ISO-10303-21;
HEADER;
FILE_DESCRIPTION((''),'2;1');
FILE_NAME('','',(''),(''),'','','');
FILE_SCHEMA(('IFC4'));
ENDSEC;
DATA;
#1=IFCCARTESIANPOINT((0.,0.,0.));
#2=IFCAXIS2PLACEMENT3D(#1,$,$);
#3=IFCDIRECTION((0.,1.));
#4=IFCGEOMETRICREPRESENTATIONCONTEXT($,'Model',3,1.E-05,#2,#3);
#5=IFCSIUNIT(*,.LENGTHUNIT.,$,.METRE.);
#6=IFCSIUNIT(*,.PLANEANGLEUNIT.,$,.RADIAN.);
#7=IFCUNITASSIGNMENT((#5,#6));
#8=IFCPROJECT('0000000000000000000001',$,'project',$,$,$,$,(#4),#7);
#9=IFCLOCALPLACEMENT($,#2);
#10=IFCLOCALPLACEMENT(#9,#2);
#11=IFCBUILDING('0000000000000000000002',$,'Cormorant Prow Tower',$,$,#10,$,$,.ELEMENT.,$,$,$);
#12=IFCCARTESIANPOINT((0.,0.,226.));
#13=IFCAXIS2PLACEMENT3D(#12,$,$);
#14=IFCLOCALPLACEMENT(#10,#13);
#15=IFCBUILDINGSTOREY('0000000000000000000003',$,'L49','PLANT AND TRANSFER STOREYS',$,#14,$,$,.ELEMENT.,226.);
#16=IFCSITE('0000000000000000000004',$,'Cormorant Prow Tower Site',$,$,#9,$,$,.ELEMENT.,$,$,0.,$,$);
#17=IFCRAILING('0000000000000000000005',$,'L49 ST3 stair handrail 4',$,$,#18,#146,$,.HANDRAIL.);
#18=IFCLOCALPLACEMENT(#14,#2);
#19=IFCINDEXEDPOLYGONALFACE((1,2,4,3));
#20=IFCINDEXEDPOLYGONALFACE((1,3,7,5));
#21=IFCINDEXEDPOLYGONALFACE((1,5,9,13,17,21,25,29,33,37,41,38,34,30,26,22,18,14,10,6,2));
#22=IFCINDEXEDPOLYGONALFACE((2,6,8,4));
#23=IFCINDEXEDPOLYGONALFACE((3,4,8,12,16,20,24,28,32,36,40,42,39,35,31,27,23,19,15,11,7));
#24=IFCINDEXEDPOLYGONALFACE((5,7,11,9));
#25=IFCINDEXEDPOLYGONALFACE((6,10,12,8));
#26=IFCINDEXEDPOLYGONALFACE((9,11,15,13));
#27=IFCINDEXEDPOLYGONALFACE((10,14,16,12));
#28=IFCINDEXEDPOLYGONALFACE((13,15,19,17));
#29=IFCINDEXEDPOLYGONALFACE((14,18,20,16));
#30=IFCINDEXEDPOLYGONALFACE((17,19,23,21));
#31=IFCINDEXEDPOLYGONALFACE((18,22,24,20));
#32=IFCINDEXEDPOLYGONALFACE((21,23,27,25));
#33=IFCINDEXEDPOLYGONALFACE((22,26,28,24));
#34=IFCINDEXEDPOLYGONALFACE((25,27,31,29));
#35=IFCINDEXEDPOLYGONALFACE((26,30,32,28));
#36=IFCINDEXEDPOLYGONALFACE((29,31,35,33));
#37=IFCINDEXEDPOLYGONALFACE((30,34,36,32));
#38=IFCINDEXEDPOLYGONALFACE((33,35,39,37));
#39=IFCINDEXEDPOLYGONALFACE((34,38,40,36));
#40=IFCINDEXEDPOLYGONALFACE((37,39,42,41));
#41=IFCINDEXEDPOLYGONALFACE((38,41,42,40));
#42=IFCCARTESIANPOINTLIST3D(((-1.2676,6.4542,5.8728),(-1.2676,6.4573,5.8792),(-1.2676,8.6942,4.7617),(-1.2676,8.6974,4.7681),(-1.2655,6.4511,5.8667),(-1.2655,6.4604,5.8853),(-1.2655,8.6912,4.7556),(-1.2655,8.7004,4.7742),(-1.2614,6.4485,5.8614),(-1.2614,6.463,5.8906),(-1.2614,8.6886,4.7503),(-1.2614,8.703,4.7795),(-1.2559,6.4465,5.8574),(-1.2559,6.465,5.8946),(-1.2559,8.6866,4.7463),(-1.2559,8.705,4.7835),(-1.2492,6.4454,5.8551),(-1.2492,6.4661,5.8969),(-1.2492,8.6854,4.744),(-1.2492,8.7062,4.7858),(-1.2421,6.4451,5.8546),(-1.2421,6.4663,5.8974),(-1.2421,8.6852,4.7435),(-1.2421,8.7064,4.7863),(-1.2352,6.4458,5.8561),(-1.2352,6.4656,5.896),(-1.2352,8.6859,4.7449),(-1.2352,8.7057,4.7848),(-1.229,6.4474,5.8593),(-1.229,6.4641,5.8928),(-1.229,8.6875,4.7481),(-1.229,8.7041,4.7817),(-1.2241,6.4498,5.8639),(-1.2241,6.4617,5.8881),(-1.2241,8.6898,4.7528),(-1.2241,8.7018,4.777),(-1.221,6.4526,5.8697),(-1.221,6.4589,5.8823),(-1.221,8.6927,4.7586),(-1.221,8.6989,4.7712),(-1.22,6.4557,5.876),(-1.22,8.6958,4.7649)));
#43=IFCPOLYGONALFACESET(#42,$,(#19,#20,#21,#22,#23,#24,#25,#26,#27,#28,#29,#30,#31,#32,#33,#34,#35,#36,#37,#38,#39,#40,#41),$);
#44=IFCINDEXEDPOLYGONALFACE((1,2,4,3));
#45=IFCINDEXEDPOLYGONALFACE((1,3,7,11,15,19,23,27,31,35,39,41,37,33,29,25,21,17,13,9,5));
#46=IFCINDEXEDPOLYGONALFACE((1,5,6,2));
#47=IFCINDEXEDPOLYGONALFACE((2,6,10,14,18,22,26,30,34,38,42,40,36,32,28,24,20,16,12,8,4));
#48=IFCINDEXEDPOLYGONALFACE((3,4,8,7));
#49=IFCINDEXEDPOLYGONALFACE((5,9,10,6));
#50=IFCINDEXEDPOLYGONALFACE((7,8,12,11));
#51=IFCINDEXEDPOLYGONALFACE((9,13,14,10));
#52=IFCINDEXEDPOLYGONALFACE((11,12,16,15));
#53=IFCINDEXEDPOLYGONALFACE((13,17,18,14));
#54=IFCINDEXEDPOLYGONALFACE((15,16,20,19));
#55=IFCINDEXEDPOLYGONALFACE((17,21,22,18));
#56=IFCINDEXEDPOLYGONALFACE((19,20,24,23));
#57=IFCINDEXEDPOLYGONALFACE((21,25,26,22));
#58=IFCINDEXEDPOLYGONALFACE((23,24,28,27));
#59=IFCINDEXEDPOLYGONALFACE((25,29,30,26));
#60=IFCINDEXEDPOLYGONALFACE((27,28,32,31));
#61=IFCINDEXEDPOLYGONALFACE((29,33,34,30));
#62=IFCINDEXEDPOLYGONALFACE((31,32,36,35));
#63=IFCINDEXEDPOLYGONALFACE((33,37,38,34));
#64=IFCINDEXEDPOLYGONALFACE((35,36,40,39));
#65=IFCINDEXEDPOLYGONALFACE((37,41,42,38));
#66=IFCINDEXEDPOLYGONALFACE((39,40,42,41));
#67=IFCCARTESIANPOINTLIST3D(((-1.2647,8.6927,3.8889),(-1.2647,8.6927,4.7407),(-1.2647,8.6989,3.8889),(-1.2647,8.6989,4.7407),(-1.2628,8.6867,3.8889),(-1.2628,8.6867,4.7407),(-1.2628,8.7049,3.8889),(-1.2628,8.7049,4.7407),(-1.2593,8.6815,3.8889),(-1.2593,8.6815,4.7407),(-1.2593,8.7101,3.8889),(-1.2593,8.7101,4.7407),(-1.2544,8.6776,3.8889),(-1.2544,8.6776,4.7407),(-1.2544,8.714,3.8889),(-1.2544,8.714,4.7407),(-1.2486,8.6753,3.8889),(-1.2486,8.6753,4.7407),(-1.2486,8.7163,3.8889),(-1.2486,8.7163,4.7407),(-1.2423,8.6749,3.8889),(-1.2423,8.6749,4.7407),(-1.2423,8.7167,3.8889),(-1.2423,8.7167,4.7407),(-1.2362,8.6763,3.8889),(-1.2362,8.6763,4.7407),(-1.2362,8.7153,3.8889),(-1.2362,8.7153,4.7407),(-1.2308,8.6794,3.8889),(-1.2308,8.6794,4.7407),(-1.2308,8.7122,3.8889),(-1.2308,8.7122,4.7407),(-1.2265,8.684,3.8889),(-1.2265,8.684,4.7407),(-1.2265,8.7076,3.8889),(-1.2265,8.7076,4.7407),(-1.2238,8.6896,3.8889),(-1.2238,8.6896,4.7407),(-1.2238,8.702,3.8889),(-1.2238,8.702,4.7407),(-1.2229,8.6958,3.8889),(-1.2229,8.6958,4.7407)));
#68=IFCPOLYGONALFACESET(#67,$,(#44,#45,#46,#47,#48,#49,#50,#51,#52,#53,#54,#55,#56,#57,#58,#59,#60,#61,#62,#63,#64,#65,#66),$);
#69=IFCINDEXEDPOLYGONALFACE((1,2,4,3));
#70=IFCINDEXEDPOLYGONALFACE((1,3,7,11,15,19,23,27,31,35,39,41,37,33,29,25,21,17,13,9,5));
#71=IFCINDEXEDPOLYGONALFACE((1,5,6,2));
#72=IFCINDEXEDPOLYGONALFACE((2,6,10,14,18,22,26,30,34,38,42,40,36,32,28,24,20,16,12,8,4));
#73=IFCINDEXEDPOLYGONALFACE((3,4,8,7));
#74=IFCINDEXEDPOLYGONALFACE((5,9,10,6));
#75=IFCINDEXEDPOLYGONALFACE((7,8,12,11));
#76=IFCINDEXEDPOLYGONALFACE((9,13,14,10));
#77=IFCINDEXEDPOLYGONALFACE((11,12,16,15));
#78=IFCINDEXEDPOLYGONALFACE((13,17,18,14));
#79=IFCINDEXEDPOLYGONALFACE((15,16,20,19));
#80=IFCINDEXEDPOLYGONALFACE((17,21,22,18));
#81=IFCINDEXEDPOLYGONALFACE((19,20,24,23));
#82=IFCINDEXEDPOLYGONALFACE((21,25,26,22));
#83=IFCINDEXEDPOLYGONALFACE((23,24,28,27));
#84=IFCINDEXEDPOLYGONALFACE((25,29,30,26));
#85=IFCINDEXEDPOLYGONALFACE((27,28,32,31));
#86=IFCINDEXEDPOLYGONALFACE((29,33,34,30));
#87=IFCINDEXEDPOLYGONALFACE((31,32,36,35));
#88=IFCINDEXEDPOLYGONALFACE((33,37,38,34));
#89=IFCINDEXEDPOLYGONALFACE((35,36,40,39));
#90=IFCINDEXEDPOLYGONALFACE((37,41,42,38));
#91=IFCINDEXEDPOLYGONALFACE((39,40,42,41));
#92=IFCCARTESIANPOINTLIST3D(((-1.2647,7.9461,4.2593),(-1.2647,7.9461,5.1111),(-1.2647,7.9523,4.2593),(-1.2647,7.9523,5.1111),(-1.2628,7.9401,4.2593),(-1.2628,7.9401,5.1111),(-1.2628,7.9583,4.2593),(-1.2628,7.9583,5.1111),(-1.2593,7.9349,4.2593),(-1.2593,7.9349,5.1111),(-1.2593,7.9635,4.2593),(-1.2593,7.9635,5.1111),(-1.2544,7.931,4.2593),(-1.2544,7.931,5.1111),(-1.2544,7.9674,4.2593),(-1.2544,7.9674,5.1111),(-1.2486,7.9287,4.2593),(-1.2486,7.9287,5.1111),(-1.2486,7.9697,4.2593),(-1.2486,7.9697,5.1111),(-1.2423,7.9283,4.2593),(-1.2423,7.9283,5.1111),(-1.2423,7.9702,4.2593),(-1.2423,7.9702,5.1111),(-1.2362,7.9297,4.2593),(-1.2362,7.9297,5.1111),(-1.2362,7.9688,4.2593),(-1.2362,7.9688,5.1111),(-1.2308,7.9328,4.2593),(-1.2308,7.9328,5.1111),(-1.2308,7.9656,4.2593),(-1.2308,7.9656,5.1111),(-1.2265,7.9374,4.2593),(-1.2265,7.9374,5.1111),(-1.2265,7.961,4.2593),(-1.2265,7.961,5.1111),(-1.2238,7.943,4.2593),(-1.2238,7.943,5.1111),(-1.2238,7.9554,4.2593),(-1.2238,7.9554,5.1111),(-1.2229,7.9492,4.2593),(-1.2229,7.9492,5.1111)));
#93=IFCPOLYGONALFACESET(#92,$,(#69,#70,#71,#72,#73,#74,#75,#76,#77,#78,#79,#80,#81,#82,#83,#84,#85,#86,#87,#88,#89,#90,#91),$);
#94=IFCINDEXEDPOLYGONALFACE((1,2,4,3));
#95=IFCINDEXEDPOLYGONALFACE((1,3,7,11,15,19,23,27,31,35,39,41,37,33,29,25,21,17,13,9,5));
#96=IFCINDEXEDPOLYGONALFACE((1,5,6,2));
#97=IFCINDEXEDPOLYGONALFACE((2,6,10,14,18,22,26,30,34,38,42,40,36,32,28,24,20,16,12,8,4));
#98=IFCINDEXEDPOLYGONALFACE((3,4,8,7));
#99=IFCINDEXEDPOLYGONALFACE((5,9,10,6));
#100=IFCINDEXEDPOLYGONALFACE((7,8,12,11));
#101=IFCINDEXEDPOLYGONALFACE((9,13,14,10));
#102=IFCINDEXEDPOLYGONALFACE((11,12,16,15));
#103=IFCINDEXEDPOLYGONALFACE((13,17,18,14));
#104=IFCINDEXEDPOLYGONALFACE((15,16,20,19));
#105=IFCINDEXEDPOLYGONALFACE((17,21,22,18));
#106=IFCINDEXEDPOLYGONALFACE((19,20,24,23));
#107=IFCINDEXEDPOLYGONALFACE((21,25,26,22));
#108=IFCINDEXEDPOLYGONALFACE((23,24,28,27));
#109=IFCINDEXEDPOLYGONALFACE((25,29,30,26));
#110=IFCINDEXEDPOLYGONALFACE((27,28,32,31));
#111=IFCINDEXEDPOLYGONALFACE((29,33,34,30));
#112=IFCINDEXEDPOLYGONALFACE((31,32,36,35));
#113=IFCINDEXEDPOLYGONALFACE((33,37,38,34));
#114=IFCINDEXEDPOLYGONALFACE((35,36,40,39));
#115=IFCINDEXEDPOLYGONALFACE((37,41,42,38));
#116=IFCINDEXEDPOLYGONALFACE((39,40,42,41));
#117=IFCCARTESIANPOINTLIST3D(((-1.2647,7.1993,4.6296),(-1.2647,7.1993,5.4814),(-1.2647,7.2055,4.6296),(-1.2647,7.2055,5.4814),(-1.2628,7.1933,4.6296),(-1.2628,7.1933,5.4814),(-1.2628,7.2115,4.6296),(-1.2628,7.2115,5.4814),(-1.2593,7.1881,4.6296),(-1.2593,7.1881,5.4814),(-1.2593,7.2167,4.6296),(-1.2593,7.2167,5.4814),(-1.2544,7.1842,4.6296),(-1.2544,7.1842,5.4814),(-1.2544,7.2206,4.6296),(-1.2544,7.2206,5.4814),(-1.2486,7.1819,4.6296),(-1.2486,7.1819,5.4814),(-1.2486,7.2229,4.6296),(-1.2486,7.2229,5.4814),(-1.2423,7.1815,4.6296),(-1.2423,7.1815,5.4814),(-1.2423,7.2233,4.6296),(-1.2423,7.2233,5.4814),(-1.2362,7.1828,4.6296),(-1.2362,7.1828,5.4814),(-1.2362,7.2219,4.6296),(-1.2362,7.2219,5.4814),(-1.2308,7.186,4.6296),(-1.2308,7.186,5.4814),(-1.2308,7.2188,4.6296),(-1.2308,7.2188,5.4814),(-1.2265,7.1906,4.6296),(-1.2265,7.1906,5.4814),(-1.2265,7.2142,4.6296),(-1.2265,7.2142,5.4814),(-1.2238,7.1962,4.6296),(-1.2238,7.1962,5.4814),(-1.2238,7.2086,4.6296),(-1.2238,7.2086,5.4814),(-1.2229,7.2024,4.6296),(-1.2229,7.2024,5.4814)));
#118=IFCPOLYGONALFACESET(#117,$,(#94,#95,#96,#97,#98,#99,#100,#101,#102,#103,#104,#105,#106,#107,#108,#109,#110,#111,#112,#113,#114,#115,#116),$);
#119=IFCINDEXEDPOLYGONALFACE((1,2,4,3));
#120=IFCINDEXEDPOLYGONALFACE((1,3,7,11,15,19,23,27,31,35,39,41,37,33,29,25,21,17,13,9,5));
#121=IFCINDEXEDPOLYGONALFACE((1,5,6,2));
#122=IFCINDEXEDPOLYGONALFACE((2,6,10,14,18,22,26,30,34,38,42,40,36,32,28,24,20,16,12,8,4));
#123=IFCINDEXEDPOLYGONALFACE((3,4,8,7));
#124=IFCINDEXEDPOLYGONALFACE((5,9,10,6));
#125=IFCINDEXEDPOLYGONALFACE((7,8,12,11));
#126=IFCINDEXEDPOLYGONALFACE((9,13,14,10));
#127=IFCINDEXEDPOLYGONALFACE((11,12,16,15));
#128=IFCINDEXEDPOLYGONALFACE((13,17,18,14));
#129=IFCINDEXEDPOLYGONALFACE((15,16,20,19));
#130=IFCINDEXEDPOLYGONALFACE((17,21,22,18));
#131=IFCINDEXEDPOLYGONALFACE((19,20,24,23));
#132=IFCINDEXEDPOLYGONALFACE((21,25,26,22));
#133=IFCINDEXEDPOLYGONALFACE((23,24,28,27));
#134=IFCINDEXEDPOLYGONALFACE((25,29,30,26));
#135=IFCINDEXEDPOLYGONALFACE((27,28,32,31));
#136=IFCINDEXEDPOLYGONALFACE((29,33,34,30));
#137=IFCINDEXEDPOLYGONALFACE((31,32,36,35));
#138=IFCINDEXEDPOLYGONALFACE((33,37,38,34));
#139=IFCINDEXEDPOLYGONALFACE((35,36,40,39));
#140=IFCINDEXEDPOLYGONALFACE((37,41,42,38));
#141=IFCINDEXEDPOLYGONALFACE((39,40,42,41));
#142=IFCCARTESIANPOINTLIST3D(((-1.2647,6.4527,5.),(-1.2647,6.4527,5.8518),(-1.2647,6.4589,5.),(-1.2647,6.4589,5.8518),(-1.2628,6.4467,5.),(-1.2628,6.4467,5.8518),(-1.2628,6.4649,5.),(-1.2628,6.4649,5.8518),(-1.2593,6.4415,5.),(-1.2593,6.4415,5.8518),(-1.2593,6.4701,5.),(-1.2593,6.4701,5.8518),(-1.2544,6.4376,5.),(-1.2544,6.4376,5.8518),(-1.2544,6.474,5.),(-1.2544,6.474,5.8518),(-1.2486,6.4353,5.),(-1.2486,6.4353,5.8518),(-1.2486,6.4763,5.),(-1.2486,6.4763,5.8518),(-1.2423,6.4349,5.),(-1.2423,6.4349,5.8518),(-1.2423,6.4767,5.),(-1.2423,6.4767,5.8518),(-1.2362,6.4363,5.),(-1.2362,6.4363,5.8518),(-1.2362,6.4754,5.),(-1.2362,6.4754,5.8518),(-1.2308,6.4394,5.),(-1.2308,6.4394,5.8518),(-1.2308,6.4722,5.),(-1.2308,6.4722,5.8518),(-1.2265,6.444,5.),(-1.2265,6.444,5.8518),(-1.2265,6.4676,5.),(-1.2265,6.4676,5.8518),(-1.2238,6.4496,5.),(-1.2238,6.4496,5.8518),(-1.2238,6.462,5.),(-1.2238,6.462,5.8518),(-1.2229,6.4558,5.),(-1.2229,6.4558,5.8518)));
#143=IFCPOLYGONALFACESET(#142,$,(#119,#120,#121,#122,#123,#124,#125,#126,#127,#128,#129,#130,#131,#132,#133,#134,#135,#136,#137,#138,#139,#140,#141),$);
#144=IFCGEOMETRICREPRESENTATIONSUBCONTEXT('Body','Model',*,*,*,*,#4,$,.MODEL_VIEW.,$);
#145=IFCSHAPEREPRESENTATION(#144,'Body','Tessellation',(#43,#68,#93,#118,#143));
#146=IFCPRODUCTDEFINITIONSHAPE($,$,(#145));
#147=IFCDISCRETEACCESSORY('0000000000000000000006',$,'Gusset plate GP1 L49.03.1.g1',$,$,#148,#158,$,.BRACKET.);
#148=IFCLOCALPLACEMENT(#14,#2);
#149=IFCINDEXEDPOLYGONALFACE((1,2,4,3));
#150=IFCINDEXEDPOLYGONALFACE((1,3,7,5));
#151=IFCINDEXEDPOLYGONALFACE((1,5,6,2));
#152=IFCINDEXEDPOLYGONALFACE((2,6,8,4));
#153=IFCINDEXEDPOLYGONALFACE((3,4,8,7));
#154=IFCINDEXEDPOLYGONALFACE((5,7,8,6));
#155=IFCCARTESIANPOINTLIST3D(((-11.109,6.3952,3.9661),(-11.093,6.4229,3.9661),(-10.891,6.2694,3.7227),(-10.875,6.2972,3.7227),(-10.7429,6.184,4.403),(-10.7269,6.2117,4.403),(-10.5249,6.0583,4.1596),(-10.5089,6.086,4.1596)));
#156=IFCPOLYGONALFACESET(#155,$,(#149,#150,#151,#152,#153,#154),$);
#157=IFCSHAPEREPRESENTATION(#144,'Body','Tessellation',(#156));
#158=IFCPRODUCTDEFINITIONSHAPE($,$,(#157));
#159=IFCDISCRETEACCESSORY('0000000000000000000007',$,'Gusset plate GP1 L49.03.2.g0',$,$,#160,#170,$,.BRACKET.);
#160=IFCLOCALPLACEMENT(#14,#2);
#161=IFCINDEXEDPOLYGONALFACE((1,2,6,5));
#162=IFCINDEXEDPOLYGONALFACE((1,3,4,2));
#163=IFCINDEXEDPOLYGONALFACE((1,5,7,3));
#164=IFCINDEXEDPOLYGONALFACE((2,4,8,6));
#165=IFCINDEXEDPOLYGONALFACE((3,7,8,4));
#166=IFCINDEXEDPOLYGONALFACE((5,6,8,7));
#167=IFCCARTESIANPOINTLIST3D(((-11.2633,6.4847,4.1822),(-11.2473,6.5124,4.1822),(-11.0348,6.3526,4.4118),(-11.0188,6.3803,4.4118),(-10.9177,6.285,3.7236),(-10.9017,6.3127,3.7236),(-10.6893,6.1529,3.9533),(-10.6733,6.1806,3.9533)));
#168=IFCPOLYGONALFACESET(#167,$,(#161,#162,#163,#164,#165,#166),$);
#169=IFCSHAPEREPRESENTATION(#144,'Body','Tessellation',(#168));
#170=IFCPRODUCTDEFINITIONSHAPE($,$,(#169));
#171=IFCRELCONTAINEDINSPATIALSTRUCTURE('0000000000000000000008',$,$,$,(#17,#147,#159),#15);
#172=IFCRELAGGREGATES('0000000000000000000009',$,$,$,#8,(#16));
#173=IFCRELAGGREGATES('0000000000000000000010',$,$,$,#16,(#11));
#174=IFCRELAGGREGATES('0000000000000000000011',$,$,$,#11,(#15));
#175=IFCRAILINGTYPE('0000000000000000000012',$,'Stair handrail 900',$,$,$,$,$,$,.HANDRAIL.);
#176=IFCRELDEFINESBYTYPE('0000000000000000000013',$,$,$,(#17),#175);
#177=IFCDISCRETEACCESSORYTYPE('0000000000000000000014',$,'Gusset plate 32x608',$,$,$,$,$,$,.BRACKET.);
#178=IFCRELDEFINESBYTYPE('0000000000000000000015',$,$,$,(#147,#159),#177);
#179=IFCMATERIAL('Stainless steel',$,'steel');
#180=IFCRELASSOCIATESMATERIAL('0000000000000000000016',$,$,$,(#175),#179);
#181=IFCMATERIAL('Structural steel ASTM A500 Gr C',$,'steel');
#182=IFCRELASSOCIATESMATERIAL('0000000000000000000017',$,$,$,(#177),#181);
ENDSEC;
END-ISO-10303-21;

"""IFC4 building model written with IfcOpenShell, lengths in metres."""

from ifc_helpers import new_model, si_unit, direction, frame, origin, origin_2d, place, context, subcontext, project, spatial, rectangle, circle, extrude, material, material_profile, profile_set, type_object, element, save


model = new_model("IFC4")

# Units and contexts
model_context = context("Model", 3, precision=1e-05, world=origin(), true_north=direction((0.0, 1.0)))
body_context = subcontext(model_context, "Body", "Model", "MODEL_VIEW")
ifc_project = project(units=[si_unit("LENGTHUNIT", "METRE"), si_unit("PLANEANGLEUNIT", "RADIAN")], contexts=[model_context])

# Site, building, storey
site_placement = place(None, origin())
site = spatial("IfcSite", under=ifc_project, at=site_placement, Name="Cormorant Prow Tower Site", CompositionType="ELEMENT", RefElevation=0.0)
building_placement = place(site_placement, origin())
building = spatial("IfcBuilding", under=site, at=building_placement, Name="Cormorant Prow Tower", CompositionType="ELEMENT")
storey_placement = place(building_placement, frame((0.0, 0.0, 226.0)))
storey = spatial("IfcBuildingStorey", under=building, at=storey_placement, Name="L49", Description="PLANT AND TRANSFER STOREYS", CompositionType="ELEMENT", Elevation=226.0)

# Railing
ifc_material_1 = material(Name="Stainless steel", Category="steel")
railing_type = type_object("IfcRailingType", Name="Stair handrail 900", PredefinedType="HANDRAIL", material=ifc_material_1)
for number, where, name in (
    (1, (-1.2439, 8.6958, 3.8889), "L49 ST3 stair handrail 4"),
):
    element("IfcRailing", number, at=place(storey_placement, frame(where)), inside=storey, type_object=railing_type, Name=name, PredefinedType="HANDRAIL", context=body_context, shape_type="SweptSolid", body=[
        extrude(circle(Radius=0.0239, at=origin_2d()), frame((0.0, 0.0, 0.876), z_axis=(0.0, -0.895848, 0.44436), x_axis=(1.0, 0.0, 0.0)), (0.0, 0.0, 1.0), 2.5005),
        extrude(circle(Radius=0.021, at=origin_2d()), origin(), (0.0, 0.0, 1.0), 0.8518),
        extrude(circle(Radius=0.021, at=origin_2d()), frame((0.0, -0.7466, 0.3704)), (0.0, 0.0, 1.0), 0.8518),
        extrude(circle(Radius=0.021, at=origin_2d()), frame((0.0, -1.4934, 0.7407)), (0.0, 0.0, 1.0), 0.8518),
        extrude(circle(Radius=0.021, at=origin_2d()), frame((0.0, -2.24, 1.1111)), (0.0, 0.0, 1.0), 0.8518),
    ])

# Discrete accessories
ifc_material_2 = material(Name="Structural steel ASTM A500 Gr C", Category="steel")
ifc_material_profile_1 = material_profile(ifc_material_2, rectangle(XDim=0.032, YDim=0.6079, at=origin_2d()), Name="Gusset plate 32x608")
ifc_profile_set_1 = profile_set([ifc_material_profile_1], Name="Structural steel ASTM A500 Gr C")
discrete_accessory_type = type_object("IfcDiscreteAccessoryType", Name="Gusset plate 32x608", PredefinedType="BRACKET", material=ifc_profile_set_1)
discrete_accessory_1_placement = place(storey_placement, frame((-10.7, 6.1777, 3.9412), z_axis=(-0.622684, 0.359107, 0.695203), x_axis=(-0.499582, -0.866266, 0.0)))
element("IfcDiscreteAccessory", 2, at=discrete_accessory_1_placement, inside=storey, type_object=discrete_accessory_type, Name="Gusset plate GP1 L49.03.1.g1", PredefinedType="BRACKET", context=body_context, shape_type="SweptSolid", body=[
    extrude(rectangle(XDim=0.032, YDim=0.6079, at=origin_2d()), origin(), (0.0, 0.0, 1.0), 0.3501),
])
discrete_accessory_2_placement = place(storey_placement, frame((-11.0825, 6.3987, 3.9529), z_axis=(0.653053, -0.377459, 0.656541), x_axis=(0.500416, 0.865785, 0.0)))
element("IfcDiscreteAccessory", 3, at=discrete_accessory_2_placement, inside=storey, type_object=discrete_accessory_type, Name="Gusset plate GP1 L49.03.2.g0", PredefinedType="BRACKET", context=body_context, shape_type="SweptSolid", body=[
    extrude(rectangle(XDim=0.032, YDim=0.6079, at=origin_2d()), origin(), (0.0, 0.0, 1.0), 0.3499),
])

save(model, "model.ifc")
